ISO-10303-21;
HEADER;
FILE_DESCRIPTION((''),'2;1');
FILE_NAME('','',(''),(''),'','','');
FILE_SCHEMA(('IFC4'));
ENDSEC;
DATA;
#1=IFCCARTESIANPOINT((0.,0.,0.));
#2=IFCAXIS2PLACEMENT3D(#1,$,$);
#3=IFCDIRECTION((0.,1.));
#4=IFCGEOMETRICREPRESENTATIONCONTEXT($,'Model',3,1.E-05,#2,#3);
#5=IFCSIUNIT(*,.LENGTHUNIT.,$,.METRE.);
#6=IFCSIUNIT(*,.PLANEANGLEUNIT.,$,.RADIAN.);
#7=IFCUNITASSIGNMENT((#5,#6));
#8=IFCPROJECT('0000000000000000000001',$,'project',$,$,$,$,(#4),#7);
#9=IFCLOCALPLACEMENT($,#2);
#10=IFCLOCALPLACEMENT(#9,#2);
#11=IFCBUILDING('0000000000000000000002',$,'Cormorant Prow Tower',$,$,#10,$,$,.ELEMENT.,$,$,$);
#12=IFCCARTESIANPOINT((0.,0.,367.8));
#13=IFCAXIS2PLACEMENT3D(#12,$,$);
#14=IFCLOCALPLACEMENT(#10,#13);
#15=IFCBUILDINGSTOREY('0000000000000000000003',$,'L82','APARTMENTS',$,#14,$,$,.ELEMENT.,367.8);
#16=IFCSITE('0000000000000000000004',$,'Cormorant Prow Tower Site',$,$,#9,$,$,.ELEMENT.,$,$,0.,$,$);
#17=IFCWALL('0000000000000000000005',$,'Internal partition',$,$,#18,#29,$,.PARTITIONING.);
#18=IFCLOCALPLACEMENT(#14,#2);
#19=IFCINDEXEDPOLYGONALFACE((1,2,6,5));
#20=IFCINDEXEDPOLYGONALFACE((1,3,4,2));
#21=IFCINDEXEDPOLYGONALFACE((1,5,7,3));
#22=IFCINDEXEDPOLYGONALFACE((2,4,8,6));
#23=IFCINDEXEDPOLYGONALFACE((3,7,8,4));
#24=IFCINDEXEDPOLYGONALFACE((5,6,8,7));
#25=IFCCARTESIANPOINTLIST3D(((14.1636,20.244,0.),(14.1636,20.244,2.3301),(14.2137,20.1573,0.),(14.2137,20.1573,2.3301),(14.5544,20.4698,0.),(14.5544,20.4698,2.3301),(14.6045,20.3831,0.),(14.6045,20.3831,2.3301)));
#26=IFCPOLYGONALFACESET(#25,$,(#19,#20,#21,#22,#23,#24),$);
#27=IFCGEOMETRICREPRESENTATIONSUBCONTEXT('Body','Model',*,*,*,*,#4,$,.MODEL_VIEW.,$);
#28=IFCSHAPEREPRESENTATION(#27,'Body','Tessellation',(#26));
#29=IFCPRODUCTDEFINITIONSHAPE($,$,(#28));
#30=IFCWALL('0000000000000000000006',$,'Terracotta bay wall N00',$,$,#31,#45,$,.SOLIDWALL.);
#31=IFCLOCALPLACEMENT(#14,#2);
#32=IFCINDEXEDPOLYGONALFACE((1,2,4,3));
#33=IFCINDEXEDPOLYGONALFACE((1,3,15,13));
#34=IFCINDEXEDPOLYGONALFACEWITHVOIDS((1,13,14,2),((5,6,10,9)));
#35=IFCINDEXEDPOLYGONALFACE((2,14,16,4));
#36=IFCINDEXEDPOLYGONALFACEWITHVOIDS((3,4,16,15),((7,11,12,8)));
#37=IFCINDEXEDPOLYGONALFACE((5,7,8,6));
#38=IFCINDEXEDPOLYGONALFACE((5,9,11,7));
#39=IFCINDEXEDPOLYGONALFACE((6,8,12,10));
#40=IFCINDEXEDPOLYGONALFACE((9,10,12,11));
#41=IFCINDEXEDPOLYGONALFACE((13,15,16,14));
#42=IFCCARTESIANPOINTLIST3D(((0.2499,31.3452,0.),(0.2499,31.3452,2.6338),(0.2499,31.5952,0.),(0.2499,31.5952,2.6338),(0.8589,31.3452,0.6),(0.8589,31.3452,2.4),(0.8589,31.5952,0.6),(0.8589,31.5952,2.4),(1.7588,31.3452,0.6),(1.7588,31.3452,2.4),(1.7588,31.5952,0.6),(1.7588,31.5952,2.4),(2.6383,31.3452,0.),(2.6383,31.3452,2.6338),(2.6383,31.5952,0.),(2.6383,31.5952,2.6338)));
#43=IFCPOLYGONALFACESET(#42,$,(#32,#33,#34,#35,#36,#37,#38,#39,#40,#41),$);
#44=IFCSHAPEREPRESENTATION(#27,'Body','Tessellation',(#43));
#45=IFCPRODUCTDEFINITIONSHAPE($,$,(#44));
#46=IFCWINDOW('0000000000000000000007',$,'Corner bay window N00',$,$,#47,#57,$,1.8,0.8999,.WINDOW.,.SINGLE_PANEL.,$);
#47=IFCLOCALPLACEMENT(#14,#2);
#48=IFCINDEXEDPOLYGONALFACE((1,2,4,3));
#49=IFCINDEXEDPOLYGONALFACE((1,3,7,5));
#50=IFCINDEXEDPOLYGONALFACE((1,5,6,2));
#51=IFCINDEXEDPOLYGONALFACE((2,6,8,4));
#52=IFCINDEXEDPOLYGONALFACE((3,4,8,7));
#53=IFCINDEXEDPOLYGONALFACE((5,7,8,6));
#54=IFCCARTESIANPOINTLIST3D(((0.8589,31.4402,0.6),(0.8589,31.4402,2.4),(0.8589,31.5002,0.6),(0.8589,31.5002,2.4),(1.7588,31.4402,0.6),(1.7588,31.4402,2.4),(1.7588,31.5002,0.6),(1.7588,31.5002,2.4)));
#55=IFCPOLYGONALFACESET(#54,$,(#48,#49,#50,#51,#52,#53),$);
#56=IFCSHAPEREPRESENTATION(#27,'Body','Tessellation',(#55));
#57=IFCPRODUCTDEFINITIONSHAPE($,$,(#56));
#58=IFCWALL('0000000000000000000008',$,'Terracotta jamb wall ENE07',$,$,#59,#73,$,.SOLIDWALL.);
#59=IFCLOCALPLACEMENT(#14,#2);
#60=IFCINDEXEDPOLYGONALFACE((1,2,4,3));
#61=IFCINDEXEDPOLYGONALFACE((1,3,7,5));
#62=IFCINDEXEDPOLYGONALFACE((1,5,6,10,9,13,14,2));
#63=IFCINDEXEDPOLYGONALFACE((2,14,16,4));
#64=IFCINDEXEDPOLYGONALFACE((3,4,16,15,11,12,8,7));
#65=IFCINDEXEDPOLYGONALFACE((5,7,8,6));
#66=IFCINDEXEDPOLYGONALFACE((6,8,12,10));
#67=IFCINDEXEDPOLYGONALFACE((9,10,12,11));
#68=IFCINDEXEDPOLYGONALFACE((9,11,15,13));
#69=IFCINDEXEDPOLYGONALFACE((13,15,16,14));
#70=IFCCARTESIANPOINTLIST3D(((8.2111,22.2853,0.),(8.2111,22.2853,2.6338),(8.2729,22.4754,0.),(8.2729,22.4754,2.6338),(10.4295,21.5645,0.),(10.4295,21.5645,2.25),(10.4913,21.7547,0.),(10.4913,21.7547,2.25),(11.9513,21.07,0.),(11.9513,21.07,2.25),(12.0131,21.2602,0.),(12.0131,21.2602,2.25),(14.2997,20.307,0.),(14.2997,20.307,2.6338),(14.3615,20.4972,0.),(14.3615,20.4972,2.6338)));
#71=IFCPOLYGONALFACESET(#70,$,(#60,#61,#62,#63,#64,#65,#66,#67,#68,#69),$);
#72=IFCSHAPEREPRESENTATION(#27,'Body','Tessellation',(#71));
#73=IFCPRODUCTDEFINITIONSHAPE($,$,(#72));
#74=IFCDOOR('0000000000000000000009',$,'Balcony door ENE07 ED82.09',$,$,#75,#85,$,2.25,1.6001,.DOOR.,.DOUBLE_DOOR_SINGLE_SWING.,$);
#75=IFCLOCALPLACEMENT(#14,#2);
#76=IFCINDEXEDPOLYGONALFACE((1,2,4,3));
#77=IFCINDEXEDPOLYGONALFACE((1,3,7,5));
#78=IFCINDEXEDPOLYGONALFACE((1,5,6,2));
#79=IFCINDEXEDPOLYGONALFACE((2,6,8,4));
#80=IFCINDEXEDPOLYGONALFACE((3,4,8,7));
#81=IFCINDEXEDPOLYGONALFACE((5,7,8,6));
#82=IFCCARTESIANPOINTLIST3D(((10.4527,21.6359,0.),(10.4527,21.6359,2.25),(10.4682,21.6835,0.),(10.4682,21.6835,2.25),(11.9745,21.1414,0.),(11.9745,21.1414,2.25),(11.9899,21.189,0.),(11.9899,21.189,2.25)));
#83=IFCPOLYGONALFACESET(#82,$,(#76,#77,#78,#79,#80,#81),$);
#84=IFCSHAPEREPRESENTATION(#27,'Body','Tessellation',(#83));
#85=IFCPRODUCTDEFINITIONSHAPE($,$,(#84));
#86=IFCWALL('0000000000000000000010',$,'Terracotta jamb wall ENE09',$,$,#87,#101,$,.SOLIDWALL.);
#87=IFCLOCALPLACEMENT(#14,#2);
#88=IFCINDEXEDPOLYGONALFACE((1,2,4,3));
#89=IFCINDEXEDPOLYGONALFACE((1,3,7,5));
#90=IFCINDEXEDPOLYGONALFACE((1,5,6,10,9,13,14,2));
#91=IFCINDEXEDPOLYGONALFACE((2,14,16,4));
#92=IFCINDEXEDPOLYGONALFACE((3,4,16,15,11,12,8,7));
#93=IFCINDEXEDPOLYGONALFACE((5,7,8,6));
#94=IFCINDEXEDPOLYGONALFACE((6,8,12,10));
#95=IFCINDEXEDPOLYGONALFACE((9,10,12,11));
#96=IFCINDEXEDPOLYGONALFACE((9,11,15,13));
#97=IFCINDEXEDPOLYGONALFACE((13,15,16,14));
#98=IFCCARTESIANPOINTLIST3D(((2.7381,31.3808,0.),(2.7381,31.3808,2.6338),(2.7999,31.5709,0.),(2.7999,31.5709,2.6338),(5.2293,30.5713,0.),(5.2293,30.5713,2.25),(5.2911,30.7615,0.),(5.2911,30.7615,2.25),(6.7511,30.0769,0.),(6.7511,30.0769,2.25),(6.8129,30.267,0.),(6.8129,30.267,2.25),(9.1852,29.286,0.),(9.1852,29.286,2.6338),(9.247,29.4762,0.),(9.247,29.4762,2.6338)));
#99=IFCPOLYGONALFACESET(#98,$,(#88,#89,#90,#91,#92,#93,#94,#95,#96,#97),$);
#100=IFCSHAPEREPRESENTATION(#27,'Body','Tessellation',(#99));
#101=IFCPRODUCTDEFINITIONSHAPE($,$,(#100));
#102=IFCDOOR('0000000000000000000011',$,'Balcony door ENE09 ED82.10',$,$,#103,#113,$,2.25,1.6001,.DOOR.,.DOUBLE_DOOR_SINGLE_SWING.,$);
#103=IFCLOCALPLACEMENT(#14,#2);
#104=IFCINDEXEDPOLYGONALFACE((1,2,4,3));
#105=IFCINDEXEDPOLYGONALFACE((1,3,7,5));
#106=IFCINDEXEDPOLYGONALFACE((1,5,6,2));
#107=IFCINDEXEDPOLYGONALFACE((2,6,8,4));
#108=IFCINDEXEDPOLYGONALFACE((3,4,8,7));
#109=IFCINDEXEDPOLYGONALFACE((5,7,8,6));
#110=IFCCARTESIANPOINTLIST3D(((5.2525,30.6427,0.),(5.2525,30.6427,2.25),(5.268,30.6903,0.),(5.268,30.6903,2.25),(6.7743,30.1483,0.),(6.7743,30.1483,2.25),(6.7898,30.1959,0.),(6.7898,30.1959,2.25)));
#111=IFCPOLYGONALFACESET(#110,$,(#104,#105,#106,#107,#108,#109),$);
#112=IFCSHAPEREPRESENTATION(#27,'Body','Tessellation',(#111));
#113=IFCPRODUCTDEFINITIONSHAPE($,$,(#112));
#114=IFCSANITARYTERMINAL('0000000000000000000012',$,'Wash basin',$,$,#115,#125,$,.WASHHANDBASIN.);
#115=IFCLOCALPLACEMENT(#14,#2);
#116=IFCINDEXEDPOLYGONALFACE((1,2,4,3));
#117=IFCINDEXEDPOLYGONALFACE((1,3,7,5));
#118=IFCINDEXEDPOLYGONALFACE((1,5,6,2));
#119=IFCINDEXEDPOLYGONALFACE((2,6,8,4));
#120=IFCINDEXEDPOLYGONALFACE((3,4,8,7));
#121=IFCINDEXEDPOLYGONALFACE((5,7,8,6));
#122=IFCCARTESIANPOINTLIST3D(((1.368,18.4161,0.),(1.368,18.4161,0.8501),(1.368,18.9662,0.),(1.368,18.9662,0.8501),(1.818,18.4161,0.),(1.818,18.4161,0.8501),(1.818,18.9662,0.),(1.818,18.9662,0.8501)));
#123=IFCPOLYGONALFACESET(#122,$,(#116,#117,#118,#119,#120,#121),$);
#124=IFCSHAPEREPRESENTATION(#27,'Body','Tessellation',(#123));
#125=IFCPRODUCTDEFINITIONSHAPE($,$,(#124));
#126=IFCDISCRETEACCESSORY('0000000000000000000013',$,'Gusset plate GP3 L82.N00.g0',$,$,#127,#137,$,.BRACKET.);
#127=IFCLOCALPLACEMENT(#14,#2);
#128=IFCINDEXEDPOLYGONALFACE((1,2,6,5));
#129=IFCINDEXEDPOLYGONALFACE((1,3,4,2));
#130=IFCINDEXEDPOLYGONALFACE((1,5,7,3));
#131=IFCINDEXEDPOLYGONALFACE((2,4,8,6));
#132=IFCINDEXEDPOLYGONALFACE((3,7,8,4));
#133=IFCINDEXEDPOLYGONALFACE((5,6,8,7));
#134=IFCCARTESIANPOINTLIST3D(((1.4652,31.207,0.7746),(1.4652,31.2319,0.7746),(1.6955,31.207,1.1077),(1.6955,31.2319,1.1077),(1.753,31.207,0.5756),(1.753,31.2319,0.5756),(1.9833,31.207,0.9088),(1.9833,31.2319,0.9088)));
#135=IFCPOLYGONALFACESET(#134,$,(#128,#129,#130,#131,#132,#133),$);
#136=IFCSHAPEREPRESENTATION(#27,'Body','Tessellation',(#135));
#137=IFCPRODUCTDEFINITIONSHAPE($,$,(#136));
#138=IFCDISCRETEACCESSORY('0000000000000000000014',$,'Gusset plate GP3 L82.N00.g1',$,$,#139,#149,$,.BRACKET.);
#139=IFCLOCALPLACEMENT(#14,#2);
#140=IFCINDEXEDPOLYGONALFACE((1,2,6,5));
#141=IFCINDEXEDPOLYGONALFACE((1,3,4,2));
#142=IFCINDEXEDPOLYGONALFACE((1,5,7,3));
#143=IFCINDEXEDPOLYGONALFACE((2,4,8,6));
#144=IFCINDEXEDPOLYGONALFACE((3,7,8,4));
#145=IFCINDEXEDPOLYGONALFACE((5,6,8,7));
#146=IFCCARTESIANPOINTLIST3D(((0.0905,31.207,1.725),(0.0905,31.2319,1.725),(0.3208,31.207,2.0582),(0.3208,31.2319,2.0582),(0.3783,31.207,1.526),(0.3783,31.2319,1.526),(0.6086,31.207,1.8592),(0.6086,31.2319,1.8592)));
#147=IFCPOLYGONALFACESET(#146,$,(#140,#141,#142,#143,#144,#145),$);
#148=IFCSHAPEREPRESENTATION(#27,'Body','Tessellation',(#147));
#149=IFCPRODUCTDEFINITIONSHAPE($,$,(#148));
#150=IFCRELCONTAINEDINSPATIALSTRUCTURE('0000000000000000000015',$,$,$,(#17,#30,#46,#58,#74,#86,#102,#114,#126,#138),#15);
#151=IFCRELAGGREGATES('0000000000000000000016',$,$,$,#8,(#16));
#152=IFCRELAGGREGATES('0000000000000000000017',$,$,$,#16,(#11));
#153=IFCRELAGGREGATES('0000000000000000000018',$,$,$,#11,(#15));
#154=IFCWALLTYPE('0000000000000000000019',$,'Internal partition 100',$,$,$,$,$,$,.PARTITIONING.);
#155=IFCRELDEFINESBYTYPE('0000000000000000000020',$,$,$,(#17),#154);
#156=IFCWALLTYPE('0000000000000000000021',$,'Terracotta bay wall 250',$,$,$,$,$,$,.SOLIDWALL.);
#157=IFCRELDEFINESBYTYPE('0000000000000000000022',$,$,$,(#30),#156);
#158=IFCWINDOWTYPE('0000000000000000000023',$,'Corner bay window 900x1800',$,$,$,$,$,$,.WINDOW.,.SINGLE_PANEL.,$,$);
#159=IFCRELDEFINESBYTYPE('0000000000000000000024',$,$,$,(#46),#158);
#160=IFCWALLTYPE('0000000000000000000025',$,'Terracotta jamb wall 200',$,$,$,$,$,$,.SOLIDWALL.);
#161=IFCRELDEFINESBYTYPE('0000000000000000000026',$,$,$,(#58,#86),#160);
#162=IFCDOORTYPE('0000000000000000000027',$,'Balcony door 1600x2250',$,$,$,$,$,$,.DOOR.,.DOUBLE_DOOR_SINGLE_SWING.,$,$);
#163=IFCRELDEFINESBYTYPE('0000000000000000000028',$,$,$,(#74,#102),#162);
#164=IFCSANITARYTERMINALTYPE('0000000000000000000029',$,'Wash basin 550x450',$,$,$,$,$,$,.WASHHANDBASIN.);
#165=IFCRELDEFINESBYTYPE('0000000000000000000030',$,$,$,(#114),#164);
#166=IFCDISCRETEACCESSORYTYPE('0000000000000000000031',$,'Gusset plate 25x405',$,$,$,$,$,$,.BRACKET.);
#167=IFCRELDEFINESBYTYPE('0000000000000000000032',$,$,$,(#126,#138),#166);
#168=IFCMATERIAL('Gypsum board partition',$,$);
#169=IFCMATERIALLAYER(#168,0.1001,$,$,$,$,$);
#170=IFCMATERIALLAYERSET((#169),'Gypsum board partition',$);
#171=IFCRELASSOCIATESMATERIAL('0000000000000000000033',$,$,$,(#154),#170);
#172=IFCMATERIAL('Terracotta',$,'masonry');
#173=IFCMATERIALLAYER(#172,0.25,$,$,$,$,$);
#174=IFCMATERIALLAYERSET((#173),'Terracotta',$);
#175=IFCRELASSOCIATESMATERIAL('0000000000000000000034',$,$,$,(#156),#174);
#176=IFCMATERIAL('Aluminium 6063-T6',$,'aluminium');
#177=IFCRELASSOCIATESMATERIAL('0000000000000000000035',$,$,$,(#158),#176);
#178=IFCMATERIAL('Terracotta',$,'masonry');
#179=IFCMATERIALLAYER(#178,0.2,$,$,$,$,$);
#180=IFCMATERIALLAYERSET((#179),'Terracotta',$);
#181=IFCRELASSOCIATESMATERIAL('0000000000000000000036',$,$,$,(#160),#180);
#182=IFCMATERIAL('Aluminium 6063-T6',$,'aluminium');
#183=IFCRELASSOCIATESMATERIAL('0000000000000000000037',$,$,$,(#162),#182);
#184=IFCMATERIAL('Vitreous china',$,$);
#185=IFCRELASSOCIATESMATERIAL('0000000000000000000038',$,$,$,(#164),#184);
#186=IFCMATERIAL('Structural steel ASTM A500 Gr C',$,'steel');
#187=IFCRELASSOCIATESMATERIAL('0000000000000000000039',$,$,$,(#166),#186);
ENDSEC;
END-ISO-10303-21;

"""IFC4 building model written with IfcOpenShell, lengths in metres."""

from ifc_helpers import new_model, si_unit, direction, frame, frame_2d, origin, origin_2d, place, context, subcontext, project, spatial, rectangle, extrude, material, layer, layer_set, material_profile, profile_set, type_object, element, fill, save


model = new_model("IFC4")

# Units and contexts
model_context = context("Model", 3, precision=1e-05, world=origin(), true_north=direction((0.0, 1.0)))
body_context = subcontext(model_context, "Body", "Model", "MODEL_VIEW")
ifc_project = project(units=[si_unit("LENGTHUNIT", "METRE"), si_unit("PLANEANGLEUNIT", "RADIAN")], contexts=[model_context])

# Site, building, storey
site_placement = place(None, origin())
site = spatial("IfcSite", under=ifc_project, at=site_placement, Name="Cormorant Prow Tower Site", CompositionType="ELEMENT", RefElevation=0.0)
building_placement = place(site_placement, origin())
building = spatial("IfcBuilding", under=site, at=building_placement, Name="Cormorant Prow Tower", CompositionType="ELEMENT")
storey_placement = place(building_placement, frame((0.0, 0.0, 367.8)))
storey = spatial("IfcBuildingStorey", under=building, at=storey_placement, Name="L82", Description="APARTMENTS", CompositionType="ELEMENT", Elevation=367.8)

# Shared definitions
ifc_material_1 = material(Name="Gypsum board partition")
ifc_layer_1 = layer(ifc_material_1, 0.1001)
ifc_layer_set_1 = layer_set([ifc_layer_1], Name="Gypsum board partition")
wall_type_1 = type_object("IfcWallType", Name="Internal partition 100", PredefinedType="PARTITIONING", material=ifc_layer_set_1)

# Wall
wall_1_placement = place(storey_placement, frame((14.1887, 20.2007, 0.0), z_axis=(0.0, 0.0, 1.0), x_axis=(0.86587, 0.500269, 0.0)))
element("IfcWall", 1, at=wall_1_placement, inside=storey, type_object=wall_type_1, Name="Internal partition", PredefinedType="PARTITIONING", context=body_context, shape_type="SweptSolid", body=[
    extrude(rectangle(XDim=0.4514, YDim=0.1001, at=frame_2d((0.2256, 0.0))), origin(), (0.0, 0.0, 1.0), 2.3301),
])

# Wall, opening, window
ifc_material_2 = material(Name="Terracotta", Category="masonry")
ifc_layer_2 = layer(ifc_material_2, 0.25)
ifc_layer_set_2 = layer_set([ifc_layer_2], Name="Terracotta")
wall_type_2 = type_object("IfcWallType", Name="Terracotta bay wall 250", PredefinedType="SOLIDWALL", material=ifc_layer_set_2)
wall_2_placement = place(storey_placement, frame((2.6384, 31.4702, 0.0), z_axis=(0.0, 0.0, 1.0), x_axis=(-1.0, 0.0, 0.0)))
wall_2 = element("IfcWall", 2, at=wall_2_placement, inside=storey, type_object=wall_type_2, Name="Terracotta bay wall N00", PredefinedType="SOLIDWALL", context=body_context, shape_type="SweptSolid", body=[
    extrude(rectangle(XDim=2.3884, YDim=0.25, at=frame_2d((1.1943, 0.0))), origin(), (0.0, 0.0, 1.0), 2.6338),
])
opening_1_placement = place(wall_2_placement, frame((0.8796, 0.0, 0.6001)))
opening_1 = element("IfcOpeningElement", 3, at=opening_1_placement, cuts=wall_2, PredefinedType="OPENING", context=body_context, shape_type="SweptSolid", body=[
    extrude(rectangle(XDim=0.8999, YDim=1.8, at=frame_2d((0.45, 0.8999))), frame((0.0, 0.135, 0.0), z_axis=(0.0, -1.0, 0.0), x_axis=(1.0, 0.0, 0.0)), (0.0, 0.0, 1.0), 0.27),
])
ifc_material_3 = material(Name="Aluminium 6063-T6", Category="aluminium")
window_type = type_object("IfcWindowType", Name="Corner bay window 900x1800", PartitioningType="SINGLE_PANEL", PredefinedType="WINDOW", material=ifc_material_3)
window_placement = place(opening_1_placement, origin())
window = element("IfcWindow", 4, at=window_placement, inside=storey, type_object=window_type, Name="Corner bay window N00", OverallHeight=1.8, OverallWidth=0.8999, PartitioningType="SINGLE_PANEL", PredefinedType="WINDOW", context=body_context, shape_type="SweptSolid", body=[
    extrude(rectangle(XDim=0.8999, YDim=1.8, at=frame_2d((0.45, 0.8999))), frame((0.0, 0.03, 0.0), z_axis=(0.0, -1.0, 0.0), x_axis=(1.0, 0.0, 0.0)), (0.0, 0.0, 1.0), 0.0601),
])
fill(opening_1, window)

# Walls, openings, doors
ifc_material_4 = material(Name="Terracotta", Category="masonry")
ifc_layer_3 = layer(ifc_material_4, 0.2)
ifc_layer_set_3 = layer_set([ifc_layer_3], Name="Terracotta")
wall_type_3 = type_object("IfcWallType", Name="Terracotta jamb wall 200", PredefinedType="SOLIDWALL", material=ifc_layer_set_3)
wall_3_placement = place(storey_placement, frame((14.3306, 20.4021, 0.0), z_axis=(0.0, 0.0, 1.0), x_axis=(-0.951058, 0.309011, 0.0)))
wall_3 = element("IfcWall", 5, at=wall_3_placement, inside=storey, type_object=wall_type_3, Name="Terracotta jamb wall ENE07", PredefinedType="SOLIDWALL", context=body_context, shape_type="SweptSolid", body=[
    extrude(rectangle(XDim=6.4019, YDim=0.2, at=frame_2d((3.2009, 0.0))), origin(), (0.0, 0.0, 1.0), 2.6338),
])
opening_2_placement = place(wall_3_placement, frame((2.4692, 0.0, 0.0)))
opening_2 = element("IfcOpeningElement", 6, at=opening_2_placement, cuts=wall_3, PredefinedType="OPENING", context=body_context, shape_type="SweptSolid", body=[
    extrude(rectangle(XDim=1.6001, YDim=2.25, at=frame_2d((0.8, 1.125))), frame((0.0, 0.1099, 0.0), z_axis=(0.0, -1.0, 0.0), x_axis=(1.0, 0.0, 0.0)), (0.0, 0.0, 1.0), 0.22),
])
ifc_material_5 = material(Name="Aluminium 6063-T6", Category="aluminium")
door_type_1 = type_object("IfcDoorType", Name="Balcony door 1600x2250", OperationType="DOUBLE_DOOR_SINGLE_SWING", PredefinedType="DOOR", material=ifc_material_5)
door_1_placement = place(opening_2_placement, origin())
door_1 = element("IfcDoor", 7, at=door_1_placement, inside=storey, type_object=door_type_1, Name="Balcony door ENE07 ED82.09", OperationType="DOUBLE_DOOR_SINGLE_SWING", OverallHeight=2.25, OverallWidth=1.6001, PredefinedType="DOOR", context=body_context, shape_type="SweptSolid", body=[
    extrude(rectangle(XDim=1.6001, YDim=2.25, at=frame_2d((0.8, 1.125))), frame((0.0, 0.0249, 0.0), z_axis=(0.0, -1.0, 0.0), x_axis=(1.0, 0.0, 0.0)), (0.0, 0.0, 1.0), 0.05),
])
fill(opening_2, door_1)
wall_4_placement = place(storey_placement, frame((9.2161, 29.3811, 0.0), z_axis=(0.0, 0.0, 1.0), x_axis=(-0.951058, 0.309012, 0.0)))
wall_4 = element("IfcWall", 8, at=wall_4_placement, inside=storey, type_object=wall_type_3, Name="Terracotta jamb wall ENE09", PredefinedType="SOLIDWALL", context=body_context, shape_type="SweptSolid", body=[
    extrude(rectangle(XDim=6.7788, YDim=0.2, at=frame_2d((3.3894, 0.0))), origin(), (0.0, 0.0, 1.0), 2.6338),
])
opening_3_placement = place(wall_4_placement, frame((2.5593, 0.0, 0.0)))
opening_3 = element("IfcOpeningElement", 9, at=opening_3_placement, cuts=wall_4, PredefinedType="OPENING", context=body_context, shape_type="SweptSolid", body=[
    extrude(rectangle(XDim=1.6001, YDim=2.25, at=frame_2d((0.8, 1.125))), frame((0.0, 0.1099, 0.0), z_axis=(0.0, -1.0, 0.0), x_axis=(1.0, 0.0, 0.0)), (0.0, 0.0, 1.0), 0.22),
])
door_2_placement = place(opening_3_placement, origin())
door_2 = element("IfcDoor", 10, at=door_2_placement, inside=storey, type_object=door_type_1, Name="Balcony door ENE09 ED82.10", OperationType="DOUBLE_DOOR_SINGLE_SWING", OverallHeight=2.25, OverallWidth=1.6001, PredefinedType="DOOR", context=body_context, shape_type="SweptSolid", body=[
    extrude(rectangle(XDim=1.6001, YDim=2.25, at=frame_2d((0.8, 1.125))), frame((0.0, 0.0249, 0.0), z_axis=(0.0, -1.0, 0.0), x_axis=(1.0, 0.0, 0.0)), (0.0, 0.0, 1.0), 0.05),
])
fill(opening_3, door_2)

# Sanitary terminal
ifc_material_6 = material(Name="Vitreous china")
sanitary_terminal_type = type_object("IfcSanitaryTerminalType", Name="Wash basin 550x450", PredefinedType="WASHHANDBASIN", material=ifc_material_6)
sanitary_terminal_placement = place(storey_placement, frame((1.593, 18.6912, 0.0), z_axis=(0.0, 0.0, 1.0), x_axis=(0.0, -1.0, 0.0)))
element("IfcSanitaryTerminal", 11, at=sanitary_terminal_placement, inside=storey, type_object=sanitary_terminal_type, Name="Wash basin", PredefinedType="WASHHANDBASIN", context=body_context, shape_type="SweptSolid", body=[
    extrude(rectangle(XDim=0.55, YDim=0.45, at=origin_2d()), origin(), (0.0, 0.0, 1.0), 0.8501),
])

# Discrete accessories
ifc_material_7 = material(Name="Structural steel ASTM A500 Gr C", Category="steel")
ifc_material_profile_1 = material_profile(ifc_material_7, rectangle(XDim=0.0249, YDim=0.405, at=origin_2d()), Name="Gusset plate 25x405")
ifc_profile_set_1 = profile_set([ifc_material_profile_1], Name="Structural steel ASTM A500 Gr C")
discrete_accessory_type = type_object("IfcDiscreteAccessoryType", Name="Gusset plate 25x405", PredefinedType="BRACKET", material=ifc_profile_set_1)
for number, where, z_axis, x_axis, name in (
    (12, (1.5803, 31.2195, 0.9412), (0.822594, 0.0, -0.568629), (0.0, 1.0, 0.0), "Gusset plate GP3 L82.N00.g0"),
    (13, (0.4934, 31.2195, 1.6926), (-0.822594, 0.0, 0.568629), (0.0, -1.0, 0.0), "Gusset plate GP3 L82.N00.g1"),
):
    element("IfcDiscreteAccessory", number, at=place(storey_placement, frame(where, z_axis=z_axis, x_axis=x_axis)), inside=storey, type_object=discrete_accessory_type, Name=name, PredefinedType="BRACKET", context=body_context, shape_type="SweptSolid", body=[
        extrude(rectangle(XDim=0.0249, YDim=0.405, at=origin_2d()), origin(), (0.0, 0.0, 1.0), 0.3499),
    ])

save(model, "model.ifc")
